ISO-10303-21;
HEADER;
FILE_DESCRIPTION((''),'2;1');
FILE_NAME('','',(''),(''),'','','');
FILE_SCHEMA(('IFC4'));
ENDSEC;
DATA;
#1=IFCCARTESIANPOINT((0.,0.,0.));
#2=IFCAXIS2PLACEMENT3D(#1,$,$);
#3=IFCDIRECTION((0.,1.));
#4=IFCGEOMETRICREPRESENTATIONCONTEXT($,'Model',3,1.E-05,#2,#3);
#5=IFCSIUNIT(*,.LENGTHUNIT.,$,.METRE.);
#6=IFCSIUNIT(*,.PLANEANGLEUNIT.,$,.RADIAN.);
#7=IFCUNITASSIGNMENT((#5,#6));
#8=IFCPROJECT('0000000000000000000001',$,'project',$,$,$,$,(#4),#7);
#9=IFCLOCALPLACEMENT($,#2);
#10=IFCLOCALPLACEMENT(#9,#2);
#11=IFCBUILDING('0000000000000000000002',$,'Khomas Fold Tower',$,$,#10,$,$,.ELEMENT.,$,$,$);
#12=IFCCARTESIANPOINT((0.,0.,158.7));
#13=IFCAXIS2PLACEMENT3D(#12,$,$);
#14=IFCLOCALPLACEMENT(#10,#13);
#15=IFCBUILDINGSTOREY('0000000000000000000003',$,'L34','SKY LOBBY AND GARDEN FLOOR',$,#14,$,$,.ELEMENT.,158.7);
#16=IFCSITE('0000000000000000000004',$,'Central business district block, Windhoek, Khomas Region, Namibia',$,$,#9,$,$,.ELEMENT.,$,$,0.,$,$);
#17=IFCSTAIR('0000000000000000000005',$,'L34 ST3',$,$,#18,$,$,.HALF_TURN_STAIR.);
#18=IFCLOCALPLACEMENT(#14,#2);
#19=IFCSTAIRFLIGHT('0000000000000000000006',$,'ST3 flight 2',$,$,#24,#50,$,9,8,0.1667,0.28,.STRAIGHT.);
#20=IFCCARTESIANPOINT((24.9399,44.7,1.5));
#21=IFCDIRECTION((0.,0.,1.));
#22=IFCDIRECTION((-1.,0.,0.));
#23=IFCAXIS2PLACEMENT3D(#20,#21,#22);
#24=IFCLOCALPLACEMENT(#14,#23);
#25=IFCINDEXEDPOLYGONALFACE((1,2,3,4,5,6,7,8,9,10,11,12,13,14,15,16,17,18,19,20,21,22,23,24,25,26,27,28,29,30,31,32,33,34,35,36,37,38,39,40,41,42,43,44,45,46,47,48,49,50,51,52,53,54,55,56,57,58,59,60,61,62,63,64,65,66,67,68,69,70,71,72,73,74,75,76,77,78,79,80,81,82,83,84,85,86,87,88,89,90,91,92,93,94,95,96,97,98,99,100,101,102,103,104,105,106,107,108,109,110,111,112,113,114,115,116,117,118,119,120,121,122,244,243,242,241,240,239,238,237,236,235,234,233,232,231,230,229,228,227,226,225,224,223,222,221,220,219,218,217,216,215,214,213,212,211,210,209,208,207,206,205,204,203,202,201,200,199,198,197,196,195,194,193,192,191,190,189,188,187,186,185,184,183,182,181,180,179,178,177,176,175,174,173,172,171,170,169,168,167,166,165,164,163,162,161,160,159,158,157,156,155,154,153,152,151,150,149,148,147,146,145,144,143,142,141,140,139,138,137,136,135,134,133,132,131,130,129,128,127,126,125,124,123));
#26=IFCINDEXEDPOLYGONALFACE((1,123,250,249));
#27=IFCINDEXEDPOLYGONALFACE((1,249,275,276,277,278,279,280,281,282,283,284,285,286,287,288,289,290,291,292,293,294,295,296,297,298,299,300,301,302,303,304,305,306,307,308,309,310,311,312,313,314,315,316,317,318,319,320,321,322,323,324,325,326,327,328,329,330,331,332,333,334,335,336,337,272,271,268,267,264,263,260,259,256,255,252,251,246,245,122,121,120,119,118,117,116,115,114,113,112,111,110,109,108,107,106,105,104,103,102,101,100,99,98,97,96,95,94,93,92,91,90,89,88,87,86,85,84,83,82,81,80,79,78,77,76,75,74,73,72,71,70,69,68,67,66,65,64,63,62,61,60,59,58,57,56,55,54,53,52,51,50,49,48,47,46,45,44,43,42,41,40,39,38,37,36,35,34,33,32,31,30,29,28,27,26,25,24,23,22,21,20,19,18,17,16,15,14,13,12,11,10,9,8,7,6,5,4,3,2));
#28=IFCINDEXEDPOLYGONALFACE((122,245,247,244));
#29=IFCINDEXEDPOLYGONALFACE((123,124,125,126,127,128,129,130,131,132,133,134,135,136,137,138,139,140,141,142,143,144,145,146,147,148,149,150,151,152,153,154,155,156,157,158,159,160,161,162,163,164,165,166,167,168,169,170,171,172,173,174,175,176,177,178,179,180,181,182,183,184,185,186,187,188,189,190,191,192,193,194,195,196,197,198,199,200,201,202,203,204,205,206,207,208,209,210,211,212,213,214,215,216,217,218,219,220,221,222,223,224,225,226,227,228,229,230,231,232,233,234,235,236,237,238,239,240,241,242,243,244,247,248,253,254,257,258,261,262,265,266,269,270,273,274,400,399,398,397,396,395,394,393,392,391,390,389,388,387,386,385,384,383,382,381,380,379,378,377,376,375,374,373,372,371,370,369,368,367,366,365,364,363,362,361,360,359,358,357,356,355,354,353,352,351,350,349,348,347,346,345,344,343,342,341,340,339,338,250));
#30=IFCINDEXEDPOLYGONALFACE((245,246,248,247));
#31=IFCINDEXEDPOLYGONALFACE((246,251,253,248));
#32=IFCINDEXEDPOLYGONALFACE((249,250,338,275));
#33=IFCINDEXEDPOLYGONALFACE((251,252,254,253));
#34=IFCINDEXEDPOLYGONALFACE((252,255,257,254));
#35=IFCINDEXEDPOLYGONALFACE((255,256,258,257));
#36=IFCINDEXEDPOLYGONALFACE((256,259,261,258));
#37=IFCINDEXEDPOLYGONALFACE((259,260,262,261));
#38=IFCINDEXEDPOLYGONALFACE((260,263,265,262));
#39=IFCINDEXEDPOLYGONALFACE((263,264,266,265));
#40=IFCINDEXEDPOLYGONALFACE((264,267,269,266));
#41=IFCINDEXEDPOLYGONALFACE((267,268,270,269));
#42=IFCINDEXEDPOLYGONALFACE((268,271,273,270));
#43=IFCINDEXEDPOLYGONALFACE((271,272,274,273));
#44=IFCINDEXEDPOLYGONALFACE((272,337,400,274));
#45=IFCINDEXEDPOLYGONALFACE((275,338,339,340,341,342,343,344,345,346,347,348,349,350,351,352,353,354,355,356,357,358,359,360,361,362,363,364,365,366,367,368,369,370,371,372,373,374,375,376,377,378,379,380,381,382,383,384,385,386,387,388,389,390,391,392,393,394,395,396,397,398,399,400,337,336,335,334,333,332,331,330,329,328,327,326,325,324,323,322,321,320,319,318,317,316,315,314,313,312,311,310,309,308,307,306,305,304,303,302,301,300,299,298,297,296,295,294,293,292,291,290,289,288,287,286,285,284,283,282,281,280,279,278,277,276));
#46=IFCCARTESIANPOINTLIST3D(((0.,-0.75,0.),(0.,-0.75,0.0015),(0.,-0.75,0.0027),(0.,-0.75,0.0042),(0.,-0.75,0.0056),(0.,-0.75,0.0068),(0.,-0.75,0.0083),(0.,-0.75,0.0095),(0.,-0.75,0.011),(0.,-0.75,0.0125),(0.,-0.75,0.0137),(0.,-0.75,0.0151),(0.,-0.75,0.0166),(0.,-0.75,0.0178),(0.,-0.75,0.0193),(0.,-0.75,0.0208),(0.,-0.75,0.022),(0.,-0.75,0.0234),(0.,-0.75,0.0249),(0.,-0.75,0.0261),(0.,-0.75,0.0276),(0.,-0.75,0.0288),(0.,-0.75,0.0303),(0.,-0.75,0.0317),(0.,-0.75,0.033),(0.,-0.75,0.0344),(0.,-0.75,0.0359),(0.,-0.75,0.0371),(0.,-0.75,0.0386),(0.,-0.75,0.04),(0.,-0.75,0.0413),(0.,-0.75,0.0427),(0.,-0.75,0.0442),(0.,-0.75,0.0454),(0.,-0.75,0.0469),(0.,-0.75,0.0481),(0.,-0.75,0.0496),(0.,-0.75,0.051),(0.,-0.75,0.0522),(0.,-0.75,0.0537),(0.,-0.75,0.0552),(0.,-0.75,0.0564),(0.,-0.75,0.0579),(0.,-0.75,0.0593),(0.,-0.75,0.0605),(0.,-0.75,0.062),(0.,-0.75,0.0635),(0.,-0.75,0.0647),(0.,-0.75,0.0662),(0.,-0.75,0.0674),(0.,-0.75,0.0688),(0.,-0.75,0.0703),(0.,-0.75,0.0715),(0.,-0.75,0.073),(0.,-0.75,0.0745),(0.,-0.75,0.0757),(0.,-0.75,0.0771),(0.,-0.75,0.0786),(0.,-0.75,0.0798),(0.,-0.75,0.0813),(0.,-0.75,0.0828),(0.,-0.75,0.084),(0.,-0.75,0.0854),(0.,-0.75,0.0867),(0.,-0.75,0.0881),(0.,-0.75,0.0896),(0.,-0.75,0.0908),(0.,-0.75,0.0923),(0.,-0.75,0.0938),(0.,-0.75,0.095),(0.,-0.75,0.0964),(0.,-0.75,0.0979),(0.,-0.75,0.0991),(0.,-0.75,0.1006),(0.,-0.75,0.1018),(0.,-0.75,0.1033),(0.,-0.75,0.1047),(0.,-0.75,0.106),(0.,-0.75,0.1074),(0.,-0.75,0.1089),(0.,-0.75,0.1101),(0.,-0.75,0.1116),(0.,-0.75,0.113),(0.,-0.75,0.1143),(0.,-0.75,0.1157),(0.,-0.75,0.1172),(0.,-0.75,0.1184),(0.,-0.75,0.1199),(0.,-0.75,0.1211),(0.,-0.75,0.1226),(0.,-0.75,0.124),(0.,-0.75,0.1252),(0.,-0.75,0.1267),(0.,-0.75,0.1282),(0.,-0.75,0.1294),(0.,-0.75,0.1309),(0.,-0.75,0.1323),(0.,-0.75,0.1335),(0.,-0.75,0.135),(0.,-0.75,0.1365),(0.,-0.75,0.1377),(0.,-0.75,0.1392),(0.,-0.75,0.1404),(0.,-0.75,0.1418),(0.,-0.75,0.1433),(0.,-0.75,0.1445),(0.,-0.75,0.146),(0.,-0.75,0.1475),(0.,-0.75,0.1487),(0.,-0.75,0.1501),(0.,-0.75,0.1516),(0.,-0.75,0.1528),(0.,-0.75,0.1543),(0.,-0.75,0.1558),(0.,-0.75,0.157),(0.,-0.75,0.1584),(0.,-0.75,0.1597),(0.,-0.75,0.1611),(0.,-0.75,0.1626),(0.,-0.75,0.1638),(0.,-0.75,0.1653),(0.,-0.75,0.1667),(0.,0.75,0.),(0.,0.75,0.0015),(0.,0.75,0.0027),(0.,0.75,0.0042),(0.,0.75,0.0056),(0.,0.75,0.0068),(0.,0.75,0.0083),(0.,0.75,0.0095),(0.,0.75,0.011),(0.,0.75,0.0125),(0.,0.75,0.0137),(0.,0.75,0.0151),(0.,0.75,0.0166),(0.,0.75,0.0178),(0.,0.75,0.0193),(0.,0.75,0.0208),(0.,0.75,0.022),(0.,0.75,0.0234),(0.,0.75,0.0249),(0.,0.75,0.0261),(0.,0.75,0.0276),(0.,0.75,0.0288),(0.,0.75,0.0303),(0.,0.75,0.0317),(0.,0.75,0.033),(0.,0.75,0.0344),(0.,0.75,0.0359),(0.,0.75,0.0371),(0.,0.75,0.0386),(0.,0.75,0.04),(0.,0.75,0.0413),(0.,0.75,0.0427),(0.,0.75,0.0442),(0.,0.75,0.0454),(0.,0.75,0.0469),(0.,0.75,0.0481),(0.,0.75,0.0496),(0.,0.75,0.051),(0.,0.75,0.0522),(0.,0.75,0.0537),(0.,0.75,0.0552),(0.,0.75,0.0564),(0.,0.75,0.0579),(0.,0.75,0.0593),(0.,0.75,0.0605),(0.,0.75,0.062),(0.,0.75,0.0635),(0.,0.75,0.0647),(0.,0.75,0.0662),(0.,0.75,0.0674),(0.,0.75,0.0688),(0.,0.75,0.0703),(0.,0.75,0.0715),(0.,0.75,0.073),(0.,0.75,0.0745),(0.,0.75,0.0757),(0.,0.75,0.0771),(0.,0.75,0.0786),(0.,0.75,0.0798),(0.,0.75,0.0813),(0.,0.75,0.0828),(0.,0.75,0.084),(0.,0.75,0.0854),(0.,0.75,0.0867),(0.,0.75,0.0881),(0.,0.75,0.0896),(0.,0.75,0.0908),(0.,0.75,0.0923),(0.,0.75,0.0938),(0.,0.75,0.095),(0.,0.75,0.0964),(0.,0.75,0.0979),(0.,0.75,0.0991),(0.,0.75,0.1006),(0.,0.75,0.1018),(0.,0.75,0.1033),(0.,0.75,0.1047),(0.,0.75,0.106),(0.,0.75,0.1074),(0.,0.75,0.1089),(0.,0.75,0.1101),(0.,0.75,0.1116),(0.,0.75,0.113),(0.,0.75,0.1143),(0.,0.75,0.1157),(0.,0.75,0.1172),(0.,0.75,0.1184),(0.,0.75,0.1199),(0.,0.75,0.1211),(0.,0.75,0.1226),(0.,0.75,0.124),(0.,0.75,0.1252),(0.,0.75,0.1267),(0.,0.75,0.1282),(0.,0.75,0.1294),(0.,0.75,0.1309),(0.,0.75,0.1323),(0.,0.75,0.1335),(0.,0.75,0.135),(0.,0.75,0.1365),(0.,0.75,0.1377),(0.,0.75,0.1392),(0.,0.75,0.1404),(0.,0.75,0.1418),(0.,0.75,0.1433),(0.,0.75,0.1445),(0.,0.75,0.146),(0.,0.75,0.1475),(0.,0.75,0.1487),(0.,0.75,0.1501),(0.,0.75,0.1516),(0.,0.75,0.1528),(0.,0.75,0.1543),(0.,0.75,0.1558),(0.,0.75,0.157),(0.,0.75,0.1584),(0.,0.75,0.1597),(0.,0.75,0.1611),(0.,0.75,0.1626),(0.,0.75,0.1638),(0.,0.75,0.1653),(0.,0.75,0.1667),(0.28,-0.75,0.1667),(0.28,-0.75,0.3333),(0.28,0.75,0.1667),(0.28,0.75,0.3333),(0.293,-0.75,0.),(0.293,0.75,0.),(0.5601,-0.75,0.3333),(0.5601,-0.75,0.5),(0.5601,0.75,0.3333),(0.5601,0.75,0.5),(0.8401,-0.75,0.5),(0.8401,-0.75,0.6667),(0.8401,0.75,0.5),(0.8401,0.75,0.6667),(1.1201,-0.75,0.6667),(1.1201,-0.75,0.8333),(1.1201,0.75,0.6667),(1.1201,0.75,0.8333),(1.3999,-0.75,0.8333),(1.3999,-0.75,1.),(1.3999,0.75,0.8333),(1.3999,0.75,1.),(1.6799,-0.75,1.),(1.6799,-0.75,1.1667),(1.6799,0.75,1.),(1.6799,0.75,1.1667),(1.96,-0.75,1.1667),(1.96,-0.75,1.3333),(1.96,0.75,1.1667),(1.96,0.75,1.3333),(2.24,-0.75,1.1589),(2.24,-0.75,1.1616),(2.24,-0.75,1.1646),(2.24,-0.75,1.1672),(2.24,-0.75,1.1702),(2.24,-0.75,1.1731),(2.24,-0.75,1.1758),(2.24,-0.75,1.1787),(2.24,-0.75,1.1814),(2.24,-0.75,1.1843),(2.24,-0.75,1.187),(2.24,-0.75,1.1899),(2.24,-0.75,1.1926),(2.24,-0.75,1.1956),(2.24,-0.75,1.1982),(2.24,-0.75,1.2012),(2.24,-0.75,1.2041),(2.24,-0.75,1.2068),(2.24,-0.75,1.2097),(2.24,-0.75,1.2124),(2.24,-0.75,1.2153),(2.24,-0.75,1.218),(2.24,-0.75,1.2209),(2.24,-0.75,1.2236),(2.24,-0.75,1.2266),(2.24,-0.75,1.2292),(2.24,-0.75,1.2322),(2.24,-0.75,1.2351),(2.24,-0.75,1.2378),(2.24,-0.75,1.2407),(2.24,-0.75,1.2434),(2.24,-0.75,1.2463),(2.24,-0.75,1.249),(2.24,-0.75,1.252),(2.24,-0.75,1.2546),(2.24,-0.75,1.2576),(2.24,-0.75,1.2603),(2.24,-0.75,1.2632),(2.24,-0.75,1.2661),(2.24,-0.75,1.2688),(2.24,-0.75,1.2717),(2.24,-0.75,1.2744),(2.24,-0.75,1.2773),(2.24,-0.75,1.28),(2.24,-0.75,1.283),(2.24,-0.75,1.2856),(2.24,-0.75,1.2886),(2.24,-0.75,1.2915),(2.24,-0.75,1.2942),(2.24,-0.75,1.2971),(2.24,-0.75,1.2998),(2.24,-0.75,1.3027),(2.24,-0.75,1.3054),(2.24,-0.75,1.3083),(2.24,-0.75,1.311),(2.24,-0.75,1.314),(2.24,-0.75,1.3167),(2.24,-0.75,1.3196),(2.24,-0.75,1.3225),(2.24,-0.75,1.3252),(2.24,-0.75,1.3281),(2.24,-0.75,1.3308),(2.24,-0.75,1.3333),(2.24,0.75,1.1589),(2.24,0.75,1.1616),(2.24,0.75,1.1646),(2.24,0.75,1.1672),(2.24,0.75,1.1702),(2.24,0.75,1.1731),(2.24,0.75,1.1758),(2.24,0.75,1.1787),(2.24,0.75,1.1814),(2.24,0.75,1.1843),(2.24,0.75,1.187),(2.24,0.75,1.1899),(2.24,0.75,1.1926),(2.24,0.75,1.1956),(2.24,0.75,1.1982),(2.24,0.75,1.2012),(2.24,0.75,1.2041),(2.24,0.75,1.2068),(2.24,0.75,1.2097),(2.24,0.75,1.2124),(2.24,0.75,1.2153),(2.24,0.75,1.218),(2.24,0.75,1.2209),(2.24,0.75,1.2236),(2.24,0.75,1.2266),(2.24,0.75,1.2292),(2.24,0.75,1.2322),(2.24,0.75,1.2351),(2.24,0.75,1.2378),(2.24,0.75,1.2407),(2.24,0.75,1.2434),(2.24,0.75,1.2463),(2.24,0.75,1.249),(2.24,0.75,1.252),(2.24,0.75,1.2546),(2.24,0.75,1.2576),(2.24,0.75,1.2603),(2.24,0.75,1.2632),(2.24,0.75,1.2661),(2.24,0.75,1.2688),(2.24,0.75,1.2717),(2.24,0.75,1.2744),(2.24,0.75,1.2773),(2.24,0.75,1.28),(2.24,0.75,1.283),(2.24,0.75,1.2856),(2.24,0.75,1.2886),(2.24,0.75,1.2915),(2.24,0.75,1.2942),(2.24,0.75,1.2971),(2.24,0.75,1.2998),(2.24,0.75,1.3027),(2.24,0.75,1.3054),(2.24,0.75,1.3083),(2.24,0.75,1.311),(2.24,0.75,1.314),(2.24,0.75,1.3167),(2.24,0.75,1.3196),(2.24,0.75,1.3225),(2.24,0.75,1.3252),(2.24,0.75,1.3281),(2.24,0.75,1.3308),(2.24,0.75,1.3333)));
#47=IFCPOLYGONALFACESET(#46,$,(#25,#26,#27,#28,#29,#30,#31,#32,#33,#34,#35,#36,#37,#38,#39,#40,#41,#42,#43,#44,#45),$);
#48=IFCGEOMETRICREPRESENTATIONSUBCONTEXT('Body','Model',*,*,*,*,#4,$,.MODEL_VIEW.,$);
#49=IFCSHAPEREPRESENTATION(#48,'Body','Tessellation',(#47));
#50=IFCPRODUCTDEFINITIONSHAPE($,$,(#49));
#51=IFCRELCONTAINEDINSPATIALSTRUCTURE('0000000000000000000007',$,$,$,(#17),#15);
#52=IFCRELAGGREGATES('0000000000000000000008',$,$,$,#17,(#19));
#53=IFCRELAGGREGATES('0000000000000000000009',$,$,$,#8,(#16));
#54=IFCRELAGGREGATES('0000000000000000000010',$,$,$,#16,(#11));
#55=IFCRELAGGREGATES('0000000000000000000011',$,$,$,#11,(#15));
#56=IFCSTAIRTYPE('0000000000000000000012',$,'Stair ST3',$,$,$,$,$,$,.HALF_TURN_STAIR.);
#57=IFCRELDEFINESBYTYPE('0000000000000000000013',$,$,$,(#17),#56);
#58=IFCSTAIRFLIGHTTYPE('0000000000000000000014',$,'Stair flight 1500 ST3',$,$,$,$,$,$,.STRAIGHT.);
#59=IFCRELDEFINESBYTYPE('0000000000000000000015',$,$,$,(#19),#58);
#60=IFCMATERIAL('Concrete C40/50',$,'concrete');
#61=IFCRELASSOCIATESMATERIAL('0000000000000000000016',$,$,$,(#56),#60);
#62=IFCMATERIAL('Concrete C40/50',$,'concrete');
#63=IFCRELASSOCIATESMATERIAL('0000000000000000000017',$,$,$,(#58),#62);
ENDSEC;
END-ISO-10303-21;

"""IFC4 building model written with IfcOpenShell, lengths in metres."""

from ifc_helpers import new_model, si_unit, direction, frame, origin, place, context, subcontext, project, spatial, polyline, outline, extrude, source, transform, mapped, material, type_object, element, aggregate, save


model = new_model("IFC4")

# Units and contexts
model_context = context("Model", 3, precision=1e-05, world=origin(), true_north=direction((0.0, 1.0)))
body_context = subcontext(model_context, "Body", "Model", "MODEL_VIEW")
ifc_project = project(units=[si_unit("LENGTHUNIT", "METRE"), si_unit("PLANEANGLEUNIT", "RADIAN")], contexts=[model_context])

# Site, building, storey
site_placement = place(None, origin())
site = spatial("IfcSite", under=ifc_project, at=site_placement, Name="Central business district block, Windhoek, Khomas Region, Namibia", CompositionType="ELEMENT", RefElevation=0.0)
building_placement = place(site_placement, origin())
building = spatial("IfcBuilding", under=site, at=building_placement, Name="Khomas Fold Tower", CompositionType="ELEMENT")
storey_placement = place(building_placement, frame((0.0, 0.0, 158.7)))
storey = spatial("IfcBuildingStorey", under=building, at=storey_placement, Name="L34", Description="SKY LOBBY AND GARDEN FLOOR", CompositionType="ELEMENT", Elevation=158.7)

# Stair, stair flight
ifc_material_1 = material(Name="Concrete C40/50", Category="concrete")
stair_type = type_object("IfcStairType", Name="Stair ST3", PredefinedType="HALF_TURN_STAIR", material=ifc_material_1)
stair_placement = place(storey_placement, origin())
stair = element("IfcStair", 1, at=stair_placement, inside=storey, type_object=stair_type, Name="L34 ST3", PredefinedType="HALF_TURN_STAIR")
ifc_material_2 = material(Name="Concrete C40/50", Category="concrete")
stair_flight_type = type_object("IfcStairFlightType", Name="Stair flight 1500 ST3", PredefinedType="STRAIGHT", material=ifc_material_2)
shared_shape_1 = source(origin(), body_context, "Body", "SweptSolid", [
    extrude(outline(polyline([(0.0, 0.0), (0.0, 0.0015), (0.0, 0.0027), (0.0, 0.0042), (0.0, 0.0056), (0.0, 0.0068), (0.0, 0.0083), (0.0, 0.0095), (0.0, 0.011), (0.0, 0.0125), (0.0, 0.0137), (0.0, 0.0151), (0.0, 0.0166), (0.0, 0.0178), (0.0, 0.0193), (0.0, 0.0208), (0.0, 0.022), (0.0, 0.0234), (0.0, 0.0249), (0.0, 0.0261), (0.0, 0.0276), (0.0, 0.0288), (0.0, 0.0303), (0.0, 0.0317), (0.0, 0.033), (0.0, 0.0344), (0.0, 0.0359), (0.0, 0.0371), (0.0, 0.0386), (0.0, 0.04), (0.0, 0.0413), (0.0, 0.0427), (0.0, 0.0442), (0.0, 0.0454), (0.0, 0.0469), (0.0, 0.0481), (0.0, 0.0496), (0.0, 0.051), (0.0, 0.0522), (0.0, 0.0537), (0.0, 0.0552), (0.0, 0.0564), (0.0, 0.0579), (0.0, 0.0593), (0.0, 0.0605), (0.0, 0.062), (0.0, 0.0635), (0.0, 0.0647), (0.0, 0.0662), (0.0, 0.0674), (0.0, 0.0688), (0.0, 0.0703), (0.0, 0.0715), (0.0, 0.073), (0.0, 0.0745), (0.0, 0.0757), (0.0, 0.0771), (0.0, 0.0786), (0.0, 0.0798), (0.0, 0.0813), (0.0, 0.0828), (0.0, 0.084), (0.0, 0.0854), (0.0, 0.0867), (0.0, 0.0881), (0.0, 0.0896), (0.0, 0.0908), (0.0, 0.0923), (0.0, 0.0938), (0.0, 0.095), (0.0, 0.0964), (0.0, 0.0979), (0.0, 0.0991), (0.0, 0.1006), (0.0, 0.1018), (0.0, 0.1033), (0.0, 0.1047), (0.0, 0.106), (0.0, 0.1074), (0.0, 0.1089), (0.0, 0.1101), (0.0, 0.1116), (0.0, 0.113), (0.0, 0.1143), (0.0, 0.1157), (0.0, 0.1172), (0.0, 0.1184), (0.0, 0.1199), (0.0, 0.1211), (0.0, 0.1226), (0.0, 0.124), (0.0, 0.1252), (0.0, 0.1267), (0.0, 0.1282), (0.0, 0.1294), (0.0, 0.1309), (0.0, 0.1323), (0.0, 0.1335), (0.0, 0.135), (0.0, 0.1365), (0.0, 0.1377), (0.0, 0.1392), (0.0, 0.1404), (0.0, 0.1418), (0.0, 0.1433), (0.0, 0.1445), (0.0, 0.146), (0.0, 0.1475), (0.0, 0.1487), (0.0, 0.1501), (0.0, 0.1516), (0.0, 0.1528), (0.0, 0.1543), (0.0, 0.1558), (0.0, 0.157), (0.0, 0.1584), (0.0, 0.1597), (0.0, 0.1611), (0.0, 0.1626), (0.0, 0.1638), (0.0, 0.1653), (0.0, 0.1667), (0.28, 0.1667), (0.28, 0.3333), (0.5601, 0.3333), (0.5601, 0.5), (0.8401, 0.5), (0.8401, 0.6667), (1.1201, 0.6667), (1.1201, 0.8333), (1.3999, 0.8333), (1.3999, 1.0), (1.6799, 1.0), (1.6799, 1.1667), (1.96, 1.1667), (1.96, 1.3333), (2.24, 1.3333), (2.24, 1.5), (2.24, 1.4971), (2.24, 1.4944), (2.24, 1.4915), (2.24, 1.4888), (2.24, 1.4858), (2.24, 1.4832), (2.24, 1.4802), (2.24, 1.4775), (2.24, 1.4746), (2.24, 1.4719), (2.24, 1.469), (2.24, 1.4661), (2.24, 1.4634), (2.24, 1.4604), (2.24, 1.4578), (2.24, 1.4548), (2.24, 1.4521), (2.24, 1.4492), (2.24, 1.4465), (2.24, 1.4436), (2.24, 1.4409), (2.24, 1.438), (2.24, 1.4351), (2.24, 1.4324), (2.24, 1.4294), (2.24, 1.4268), (2.24, 1.4238), (2.24, 1.4211), (2.24, 1.4182), (2.24, 1.4155), (2.24, 1.4126), (2.24, 1.4097), (2.24, 1.407), (2.24, 1.4041), (2.24, 1.4014), (2.24, 1.3984), (2.24, 1.3958), (2.24, 1.3928), (2.24, 1.3901), (2.24, 1.3872), (2.24, 1.3845), (2.24, 1.3816), (2.24, 1.3787), (2.24, 1.376), (2.24, 1.373), (2.24, 1.3704), (2.24, 1.3674), (2.24, 1.3647), (2.24, 1.3618), (2.24, 1.3591), (2.24, 1.3562), (2.24, 1.3535), (2.24, 1.3506), (2.24, 1.3477), (2.24, 1.345), (2.24, 1.342), (2.24, 1.3394), (2.24, 1.3364), (2.24, 1.3337), (2.24, 1.3308), (2.24, 1.3281), (2.24, 1.3252), (2.24, 1.3225), (2.24, 1.3196), (2.24, 1.3167), (2.24, 1.314), (2.24, 1.311), (2.24, 1.3083), (2.24, 1.3054), (2.24, 1.3027), (2.24, 1.2998), (2.24, 1.2971), (2.24, 1.2942), (2.24, 1.2915), (2.24, 1.2886), (2.24, 1.2856), (2.24, 1.283), (2.24, 1.28), (2.24, 1.2773), (2.24, 1.2744), (2.24, 1.2717), (2.24, 1.2688), (2.24, 1.2661), (2.24, 1.2632), (2.24, 1.2603), (2.24, 1.2576), (2.24, 1.2546), (2.24, 1.252), (2.24, 1.249), (2.24, 1.2463), (2.24, 1.2434), (2.24, 1.2407), (2.24, 1.2378), (2.24, 1.2351), (2.24, 1.2322), (2.24, 1.2292), (2.24, 1.2266), (2.24, 1.2236), (2.24, 1.2209), (2.24, 1.218), (2.24, 1.2153), (2.24, 1.2124), (2.24, 1.2097), (2.24, 1.2068), (2.24, 1.2041), (2.24, 1.2012), (2.24, 1.1982), (2.24, 1.1956), (2.24, 1.1926), (2.24, 1.1899), (2.24, 1.187), (2.24, 1.1843), (2.24, 1.1814), (2.24, 1.1787), (2.24, 1.1758), (2.24, 1.1731), (2.24, 1.1702), (2.24, 1.1672), (2.24, 1.1646), (2.24, 1.1616), (2.24, 1.1589), (0.293, 0.0), (0.0, 0.0)])), frame((0.0, 0.75, 0.0), z_axis=(0.0, -1.0, 0.0), x_axis=(1.0, 0.0, 0.0)), (0.0, 0.0, 1.0), 1.5),
])
stair_flight_1_placement = place(storey_placement, frame((24.9399, 44.7, 1.5), z_axis=(0.0, 0.0, 1.0), x_axis=(-1.0, 0.0, 0.0)))
stair_flight_1 = element("IfcStairFlight", 2, at=stair_flight_1_placement, type_object=stair_flight_type, Name="ST3 flight 2", NumberOfRisers=9, NumberOfTreads=8, PredefinedType="STRAIGHT", RiserHeight=0.1667, TreadLength=0.28, context=body_context, shape_type="MappedRepresentation", body=[
    mapped(shared_shape_1, transform((0.0, 0.0, 0.0))),
])
aggregate(stair, [stair_flight_1])

save(model, "model.ifc")
